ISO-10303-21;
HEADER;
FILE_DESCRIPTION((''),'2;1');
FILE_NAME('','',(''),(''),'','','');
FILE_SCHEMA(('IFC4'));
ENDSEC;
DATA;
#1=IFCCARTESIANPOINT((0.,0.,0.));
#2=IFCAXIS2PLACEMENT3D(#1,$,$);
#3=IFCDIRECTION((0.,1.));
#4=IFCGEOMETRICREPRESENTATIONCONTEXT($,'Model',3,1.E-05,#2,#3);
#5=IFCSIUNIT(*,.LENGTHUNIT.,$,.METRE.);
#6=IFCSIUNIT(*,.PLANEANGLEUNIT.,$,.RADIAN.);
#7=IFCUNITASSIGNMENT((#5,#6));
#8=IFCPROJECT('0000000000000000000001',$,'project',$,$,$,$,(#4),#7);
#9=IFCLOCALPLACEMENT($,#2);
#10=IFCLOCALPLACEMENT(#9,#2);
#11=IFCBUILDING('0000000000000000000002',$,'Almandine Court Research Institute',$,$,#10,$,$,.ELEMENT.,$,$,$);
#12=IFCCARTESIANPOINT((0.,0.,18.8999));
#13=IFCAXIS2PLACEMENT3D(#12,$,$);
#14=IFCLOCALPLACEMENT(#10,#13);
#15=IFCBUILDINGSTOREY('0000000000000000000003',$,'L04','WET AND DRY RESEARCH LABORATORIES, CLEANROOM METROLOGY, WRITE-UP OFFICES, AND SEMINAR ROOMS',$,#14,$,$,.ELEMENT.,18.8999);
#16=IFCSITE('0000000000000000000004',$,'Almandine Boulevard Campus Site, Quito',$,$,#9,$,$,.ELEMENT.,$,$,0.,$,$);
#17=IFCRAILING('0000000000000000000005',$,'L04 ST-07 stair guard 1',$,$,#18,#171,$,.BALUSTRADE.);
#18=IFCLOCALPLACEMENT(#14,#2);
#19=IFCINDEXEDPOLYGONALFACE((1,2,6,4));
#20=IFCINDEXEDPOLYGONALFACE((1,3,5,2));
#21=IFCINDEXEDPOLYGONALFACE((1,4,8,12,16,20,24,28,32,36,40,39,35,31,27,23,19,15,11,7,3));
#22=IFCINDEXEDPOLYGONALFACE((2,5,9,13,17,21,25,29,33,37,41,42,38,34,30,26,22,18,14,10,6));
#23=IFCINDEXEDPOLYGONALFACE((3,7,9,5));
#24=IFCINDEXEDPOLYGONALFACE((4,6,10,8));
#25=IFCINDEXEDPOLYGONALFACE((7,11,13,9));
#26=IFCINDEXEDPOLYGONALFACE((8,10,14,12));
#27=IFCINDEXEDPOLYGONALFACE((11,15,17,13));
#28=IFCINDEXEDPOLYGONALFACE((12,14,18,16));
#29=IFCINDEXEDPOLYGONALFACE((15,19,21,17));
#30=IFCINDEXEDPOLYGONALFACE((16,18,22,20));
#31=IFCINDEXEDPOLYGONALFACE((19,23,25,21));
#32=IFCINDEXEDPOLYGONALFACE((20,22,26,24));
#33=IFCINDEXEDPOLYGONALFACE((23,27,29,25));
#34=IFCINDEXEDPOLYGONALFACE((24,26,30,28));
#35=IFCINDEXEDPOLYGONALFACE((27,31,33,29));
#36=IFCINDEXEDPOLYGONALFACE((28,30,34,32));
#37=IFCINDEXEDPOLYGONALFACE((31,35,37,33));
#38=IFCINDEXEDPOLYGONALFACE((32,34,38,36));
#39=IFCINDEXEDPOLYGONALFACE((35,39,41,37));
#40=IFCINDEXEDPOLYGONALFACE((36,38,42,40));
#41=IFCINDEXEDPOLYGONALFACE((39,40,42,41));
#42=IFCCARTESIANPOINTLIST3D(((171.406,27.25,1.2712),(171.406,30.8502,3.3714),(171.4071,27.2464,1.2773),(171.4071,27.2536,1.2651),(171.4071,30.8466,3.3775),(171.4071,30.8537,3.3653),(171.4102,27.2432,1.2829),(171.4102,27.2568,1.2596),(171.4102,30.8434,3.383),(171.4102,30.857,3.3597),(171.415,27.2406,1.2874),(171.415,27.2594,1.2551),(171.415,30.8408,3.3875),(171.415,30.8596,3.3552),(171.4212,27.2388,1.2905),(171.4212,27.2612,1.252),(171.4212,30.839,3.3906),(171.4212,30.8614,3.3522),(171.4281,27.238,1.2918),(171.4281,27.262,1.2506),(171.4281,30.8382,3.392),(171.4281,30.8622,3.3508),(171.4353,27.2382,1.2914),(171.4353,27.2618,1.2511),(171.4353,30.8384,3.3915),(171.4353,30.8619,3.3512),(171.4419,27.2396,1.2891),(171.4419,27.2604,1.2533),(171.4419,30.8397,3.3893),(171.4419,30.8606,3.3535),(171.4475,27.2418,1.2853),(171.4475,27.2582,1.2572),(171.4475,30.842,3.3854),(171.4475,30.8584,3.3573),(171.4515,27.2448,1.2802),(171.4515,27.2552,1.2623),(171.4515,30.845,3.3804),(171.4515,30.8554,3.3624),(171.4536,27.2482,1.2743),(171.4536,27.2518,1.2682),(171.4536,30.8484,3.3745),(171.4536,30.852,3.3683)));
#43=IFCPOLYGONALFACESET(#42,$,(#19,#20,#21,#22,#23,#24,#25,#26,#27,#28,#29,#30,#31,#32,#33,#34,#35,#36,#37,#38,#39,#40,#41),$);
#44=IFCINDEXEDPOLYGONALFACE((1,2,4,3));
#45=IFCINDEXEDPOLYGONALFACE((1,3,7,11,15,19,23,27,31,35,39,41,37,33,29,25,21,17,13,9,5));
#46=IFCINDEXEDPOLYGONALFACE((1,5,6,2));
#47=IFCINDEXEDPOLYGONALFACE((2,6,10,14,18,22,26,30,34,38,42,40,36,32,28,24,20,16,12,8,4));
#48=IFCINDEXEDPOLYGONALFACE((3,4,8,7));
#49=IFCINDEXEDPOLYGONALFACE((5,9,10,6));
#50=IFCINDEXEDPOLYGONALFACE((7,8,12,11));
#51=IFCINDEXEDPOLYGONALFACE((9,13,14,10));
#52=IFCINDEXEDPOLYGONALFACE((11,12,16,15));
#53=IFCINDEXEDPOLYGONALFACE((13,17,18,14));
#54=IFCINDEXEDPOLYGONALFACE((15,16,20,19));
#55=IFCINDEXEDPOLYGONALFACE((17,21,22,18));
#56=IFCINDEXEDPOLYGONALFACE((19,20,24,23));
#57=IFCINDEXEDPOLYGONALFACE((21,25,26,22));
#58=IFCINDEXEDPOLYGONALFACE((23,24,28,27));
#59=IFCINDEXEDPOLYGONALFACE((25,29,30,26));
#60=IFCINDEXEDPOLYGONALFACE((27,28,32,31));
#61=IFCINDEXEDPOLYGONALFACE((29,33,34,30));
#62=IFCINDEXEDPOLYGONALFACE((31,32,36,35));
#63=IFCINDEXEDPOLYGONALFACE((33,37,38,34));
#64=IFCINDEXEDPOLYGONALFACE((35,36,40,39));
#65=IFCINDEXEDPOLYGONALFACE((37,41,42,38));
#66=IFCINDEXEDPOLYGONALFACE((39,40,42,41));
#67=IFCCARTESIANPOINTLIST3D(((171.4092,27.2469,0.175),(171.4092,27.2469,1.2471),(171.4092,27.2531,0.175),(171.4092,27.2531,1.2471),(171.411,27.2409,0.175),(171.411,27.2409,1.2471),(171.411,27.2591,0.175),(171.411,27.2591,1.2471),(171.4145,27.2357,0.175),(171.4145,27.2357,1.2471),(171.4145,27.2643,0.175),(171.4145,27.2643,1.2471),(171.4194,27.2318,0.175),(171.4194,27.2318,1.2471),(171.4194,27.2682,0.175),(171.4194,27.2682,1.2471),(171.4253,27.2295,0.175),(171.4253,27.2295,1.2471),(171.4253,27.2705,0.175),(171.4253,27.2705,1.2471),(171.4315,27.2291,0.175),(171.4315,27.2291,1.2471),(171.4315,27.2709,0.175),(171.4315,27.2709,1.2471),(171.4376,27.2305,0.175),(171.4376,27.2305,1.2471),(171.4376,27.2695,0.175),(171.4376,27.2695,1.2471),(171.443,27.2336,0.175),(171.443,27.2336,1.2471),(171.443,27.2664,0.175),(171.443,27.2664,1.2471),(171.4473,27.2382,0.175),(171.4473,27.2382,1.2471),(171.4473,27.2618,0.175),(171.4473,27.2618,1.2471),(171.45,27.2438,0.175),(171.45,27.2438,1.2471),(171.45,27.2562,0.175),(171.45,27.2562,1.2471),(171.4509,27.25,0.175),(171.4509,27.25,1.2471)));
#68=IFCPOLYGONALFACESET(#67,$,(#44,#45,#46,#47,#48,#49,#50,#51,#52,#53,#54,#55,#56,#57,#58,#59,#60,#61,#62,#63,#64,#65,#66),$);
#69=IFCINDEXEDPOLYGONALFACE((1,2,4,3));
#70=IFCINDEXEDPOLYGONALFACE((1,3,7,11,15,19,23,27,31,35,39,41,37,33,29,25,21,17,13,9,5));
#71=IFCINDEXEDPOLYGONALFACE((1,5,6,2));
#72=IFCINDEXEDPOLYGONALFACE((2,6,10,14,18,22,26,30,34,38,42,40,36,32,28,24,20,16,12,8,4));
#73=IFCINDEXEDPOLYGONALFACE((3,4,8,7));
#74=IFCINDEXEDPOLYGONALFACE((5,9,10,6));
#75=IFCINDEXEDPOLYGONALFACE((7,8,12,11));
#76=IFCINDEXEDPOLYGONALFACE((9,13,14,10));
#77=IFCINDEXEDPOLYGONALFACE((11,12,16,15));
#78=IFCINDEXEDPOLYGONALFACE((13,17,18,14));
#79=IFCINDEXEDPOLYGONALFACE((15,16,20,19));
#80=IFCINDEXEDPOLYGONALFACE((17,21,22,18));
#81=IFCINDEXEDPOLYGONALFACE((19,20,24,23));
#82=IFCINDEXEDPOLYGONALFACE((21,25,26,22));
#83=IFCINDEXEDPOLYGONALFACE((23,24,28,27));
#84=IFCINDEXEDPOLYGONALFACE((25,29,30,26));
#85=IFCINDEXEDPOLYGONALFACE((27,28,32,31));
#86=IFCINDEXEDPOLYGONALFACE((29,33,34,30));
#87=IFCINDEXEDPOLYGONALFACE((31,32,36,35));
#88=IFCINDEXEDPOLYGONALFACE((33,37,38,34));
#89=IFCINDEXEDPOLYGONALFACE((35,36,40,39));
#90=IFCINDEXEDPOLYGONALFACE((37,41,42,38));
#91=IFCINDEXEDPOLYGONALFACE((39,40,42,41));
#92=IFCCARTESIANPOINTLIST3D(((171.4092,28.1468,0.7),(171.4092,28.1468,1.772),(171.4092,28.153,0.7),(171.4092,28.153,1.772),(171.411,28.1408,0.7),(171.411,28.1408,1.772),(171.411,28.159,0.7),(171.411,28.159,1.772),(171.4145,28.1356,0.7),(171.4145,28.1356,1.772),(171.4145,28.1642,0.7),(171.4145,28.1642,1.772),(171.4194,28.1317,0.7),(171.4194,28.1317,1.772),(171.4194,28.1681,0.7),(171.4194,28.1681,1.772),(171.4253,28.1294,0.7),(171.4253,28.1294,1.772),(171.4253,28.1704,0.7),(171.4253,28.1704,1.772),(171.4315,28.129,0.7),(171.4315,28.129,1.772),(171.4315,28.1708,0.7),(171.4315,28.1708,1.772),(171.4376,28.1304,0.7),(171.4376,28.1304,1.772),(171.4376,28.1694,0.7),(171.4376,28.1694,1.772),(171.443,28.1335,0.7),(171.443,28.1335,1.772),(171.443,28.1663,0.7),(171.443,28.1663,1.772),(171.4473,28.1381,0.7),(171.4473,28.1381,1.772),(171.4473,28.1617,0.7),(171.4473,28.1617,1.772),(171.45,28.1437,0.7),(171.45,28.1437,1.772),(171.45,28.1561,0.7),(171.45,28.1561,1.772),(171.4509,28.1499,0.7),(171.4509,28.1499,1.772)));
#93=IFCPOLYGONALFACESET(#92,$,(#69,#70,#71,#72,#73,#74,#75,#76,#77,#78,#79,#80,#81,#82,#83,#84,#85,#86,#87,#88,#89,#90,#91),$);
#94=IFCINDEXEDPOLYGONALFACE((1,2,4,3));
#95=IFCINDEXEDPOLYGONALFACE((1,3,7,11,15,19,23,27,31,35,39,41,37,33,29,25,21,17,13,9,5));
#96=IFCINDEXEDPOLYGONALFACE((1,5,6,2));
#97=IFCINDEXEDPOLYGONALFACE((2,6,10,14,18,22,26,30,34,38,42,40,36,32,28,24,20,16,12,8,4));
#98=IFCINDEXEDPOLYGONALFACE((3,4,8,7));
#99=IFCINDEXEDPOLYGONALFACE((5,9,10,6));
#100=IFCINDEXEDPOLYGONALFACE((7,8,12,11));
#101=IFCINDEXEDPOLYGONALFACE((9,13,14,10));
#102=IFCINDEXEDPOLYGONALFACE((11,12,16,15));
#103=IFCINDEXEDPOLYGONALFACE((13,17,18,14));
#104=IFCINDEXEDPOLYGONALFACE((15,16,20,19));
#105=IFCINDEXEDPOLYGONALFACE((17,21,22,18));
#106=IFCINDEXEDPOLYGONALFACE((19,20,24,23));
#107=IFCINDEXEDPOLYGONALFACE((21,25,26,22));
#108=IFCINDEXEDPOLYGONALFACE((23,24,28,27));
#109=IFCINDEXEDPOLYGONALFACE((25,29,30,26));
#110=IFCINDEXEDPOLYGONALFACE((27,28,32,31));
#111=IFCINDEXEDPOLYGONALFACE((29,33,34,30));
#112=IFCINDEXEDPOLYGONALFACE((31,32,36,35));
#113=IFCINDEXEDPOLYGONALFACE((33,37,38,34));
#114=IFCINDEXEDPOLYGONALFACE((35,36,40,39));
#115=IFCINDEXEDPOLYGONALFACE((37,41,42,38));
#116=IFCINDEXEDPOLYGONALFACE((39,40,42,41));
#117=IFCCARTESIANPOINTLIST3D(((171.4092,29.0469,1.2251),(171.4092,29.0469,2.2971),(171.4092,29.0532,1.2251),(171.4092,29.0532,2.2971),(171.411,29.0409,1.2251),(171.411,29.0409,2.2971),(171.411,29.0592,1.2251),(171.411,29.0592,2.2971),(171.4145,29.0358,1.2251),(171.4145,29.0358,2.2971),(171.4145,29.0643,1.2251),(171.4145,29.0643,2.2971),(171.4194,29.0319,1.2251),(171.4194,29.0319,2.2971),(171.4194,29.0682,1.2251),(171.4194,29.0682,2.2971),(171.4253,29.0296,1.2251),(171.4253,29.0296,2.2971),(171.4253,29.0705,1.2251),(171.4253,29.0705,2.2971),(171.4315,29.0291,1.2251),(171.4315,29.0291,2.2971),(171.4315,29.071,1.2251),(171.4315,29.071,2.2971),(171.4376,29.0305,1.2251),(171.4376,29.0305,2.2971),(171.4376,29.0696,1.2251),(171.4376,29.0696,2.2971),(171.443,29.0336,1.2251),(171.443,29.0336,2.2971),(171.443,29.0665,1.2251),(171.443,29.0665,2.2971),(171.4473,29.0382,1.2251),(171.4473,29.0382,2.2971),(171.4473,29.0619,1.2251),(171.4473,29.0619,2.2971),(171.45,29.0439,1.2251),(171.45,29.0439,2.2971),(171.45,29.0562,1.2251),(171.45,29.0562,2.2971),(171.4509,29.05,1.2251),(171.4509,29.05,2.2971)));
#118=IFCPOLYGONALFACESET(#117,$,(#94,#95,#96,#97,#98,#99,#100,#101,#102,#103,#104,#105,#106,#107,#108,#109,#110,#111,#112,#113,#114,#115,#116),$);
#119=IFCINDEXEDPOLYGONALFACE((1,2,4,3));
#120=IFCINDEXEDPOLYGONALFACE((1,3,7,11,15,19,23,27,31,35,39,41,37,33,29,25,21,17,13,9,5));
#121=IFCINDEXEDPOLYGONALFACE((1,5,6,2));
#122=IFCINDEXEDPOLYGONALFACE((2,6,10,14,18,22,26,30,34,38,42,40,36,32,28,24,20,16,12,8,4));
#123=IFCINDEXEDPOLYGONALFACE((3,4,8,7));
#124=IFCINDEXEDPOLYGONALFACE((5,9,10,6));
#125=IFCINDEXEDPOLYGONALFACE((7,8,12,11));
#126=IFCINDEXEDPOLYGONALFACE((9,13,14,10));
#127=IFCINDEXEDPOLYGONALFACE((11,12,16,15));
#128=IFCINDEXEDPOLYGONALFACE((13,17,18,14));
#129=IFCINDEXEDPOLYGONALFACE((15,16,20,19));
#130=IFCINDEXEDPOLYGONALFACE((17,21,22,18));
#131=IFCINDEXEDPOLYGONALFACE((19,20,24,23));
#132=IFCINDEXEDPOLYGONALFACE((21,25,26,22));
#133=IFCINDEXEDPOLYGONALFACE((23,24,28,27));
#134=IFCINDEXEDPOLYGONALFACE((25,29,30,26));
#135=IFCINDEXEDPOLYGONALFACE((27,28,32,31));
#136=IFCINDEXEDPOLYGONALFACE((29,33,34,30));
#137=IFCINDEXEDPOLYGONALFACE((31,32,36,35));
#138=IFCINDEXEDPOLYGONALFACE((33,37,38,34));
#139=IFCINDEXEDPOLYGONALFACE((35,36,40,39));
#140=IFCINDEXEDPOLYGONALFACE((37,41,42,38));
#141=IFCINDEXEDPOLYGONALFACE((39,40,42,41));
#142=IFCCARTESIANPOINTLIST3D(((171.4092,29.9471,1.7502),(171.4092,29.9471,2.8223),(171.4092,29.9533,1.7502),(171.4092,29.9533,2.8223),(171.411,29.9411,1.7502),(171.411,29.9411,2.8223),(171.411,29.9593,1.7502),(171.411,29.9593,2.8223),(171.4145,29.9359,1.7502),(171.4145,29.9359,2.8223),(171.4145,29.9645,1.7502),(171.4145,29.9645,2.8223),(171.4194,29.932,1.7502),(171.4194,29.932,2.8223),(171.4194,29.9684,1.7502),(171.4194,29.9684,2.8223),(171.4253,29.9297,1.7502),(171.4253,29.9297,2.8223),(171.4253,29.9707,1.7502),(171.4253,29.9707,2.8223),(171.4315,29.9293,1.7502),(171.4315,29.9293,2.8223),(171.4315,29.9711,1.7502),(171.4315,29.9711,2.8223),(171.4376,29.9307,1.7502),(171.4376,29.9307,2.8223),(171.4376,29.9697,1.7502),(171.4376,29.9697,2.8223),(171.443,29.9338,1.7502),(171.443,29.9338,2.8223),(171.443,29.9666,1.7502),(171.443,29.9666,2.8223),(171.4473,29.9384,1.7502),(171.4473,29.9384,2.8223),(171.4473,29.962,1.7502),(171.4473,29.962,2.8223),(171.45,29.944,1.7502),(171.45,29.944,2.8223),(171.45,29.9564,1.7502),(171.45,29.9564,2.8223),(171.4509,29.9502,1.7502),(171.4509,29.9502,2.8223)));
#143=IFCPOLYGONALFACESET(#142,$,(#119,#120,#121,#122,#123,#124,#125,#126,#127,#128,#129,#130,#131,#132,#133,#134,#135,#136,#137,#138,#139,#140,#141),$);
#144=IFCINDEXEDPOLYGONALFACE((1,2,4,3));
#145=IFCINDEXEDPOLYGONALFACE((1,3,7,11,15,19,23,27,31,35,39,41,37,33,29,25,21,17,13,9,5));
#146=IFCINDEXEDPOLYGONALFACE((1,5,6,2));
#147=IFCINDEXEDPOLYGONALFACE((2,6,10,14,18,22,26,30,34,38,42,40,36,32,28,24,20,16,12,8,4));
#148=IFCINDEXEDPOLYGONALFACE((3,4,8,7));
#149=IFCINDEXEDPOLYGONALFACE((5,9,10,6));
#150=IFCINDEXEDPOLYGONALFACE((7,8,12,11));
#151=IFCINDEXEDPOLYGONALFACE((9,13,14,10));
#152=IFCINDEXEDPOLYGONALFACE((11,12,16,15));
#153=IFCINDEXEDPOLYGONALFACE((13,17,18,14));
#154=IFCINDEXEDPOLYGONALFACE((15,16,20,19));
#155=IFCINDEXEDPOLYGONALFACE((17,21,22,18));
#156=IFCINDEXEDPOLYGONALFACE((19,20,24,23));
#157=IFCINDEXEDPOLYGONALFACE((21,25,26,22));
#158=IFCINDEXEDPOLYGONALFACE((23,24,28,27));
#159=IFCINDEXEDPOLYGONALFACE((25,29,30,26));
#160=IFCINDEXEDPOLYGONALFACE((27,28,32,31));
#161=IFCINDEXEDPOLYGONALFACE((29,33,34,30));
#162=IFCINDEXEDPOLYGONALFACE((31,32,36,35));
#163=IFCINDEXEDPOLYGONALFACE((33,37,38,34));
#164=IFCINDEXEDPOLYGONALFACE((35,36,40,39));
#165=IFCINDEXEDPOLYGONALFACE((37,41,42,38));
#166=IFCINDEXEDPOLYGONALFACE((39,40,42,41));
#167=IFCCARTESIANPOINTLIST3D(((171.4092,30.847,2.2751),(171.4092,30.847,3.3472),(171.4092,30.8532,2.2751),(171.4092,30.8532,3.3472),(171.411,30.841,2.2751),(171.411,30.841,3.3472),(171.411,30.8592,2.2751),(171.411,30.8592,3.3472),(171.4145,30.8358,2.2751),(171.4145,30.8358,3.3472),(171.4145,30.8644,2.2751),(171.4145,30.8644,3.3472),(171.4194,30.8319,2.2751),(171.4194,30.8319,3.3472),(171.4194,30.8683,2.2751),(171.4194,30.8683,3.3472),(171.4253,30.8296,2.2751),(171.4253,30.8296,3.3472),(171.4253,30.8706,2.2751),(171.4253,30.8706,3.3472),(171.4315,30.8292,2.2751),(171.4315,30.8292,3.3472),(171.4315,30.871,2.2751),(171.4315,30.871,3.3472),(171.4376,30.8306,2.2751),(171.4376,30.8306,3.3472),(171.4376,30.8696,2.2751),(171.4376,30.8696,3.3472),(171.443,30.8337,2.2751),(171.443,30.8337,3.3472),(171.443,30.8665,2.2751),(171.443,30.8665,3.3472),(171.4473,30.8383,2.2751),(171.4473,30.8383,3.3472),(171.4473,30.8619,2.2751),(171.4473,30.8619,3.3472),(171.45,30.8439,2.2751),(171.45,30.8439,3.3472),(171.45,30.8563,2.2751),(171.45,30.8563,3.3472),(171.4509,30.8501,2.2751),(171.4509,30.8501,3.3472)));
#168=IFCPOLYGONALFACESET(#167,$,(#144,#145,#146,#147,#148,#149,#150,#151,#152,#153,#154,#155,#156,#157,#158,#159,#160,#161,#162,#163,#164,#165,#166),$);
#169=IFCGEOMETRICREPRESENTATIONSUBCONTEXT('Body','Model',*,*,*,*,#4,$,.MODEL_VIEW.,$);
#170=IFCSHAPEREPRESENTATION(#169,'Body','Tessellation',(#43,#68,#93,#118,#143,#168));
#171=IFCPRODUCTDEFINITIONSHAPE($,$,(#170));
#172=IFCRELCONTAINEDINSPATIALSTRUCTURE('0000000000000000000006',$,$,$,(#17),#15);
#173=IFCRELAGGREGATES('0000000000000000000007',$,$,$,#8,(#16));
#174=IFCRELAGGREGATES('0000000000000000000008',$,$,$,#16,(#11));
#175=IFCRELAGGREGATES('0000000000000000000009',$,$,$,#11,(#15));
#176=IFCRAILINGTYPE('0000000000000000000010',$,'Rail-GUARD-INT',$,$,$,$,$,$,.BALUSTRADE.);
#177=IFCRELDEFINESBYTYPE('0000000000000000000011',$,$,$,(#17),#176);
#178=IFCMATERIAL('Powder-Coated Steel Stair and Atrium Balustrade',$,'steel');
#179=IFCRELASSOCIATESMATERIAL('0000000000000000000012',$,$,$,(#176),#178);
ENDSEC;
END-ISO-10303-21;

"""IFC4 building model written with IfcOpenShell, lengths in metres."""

from ifc_helpers import new_model, si_unit, direction, frame, origin, origin_2d, place, context, subcontext, project, spatial, circle, extrude, material, type_object, element, save


model = new_model("IFC4")

# Units and contexts
model_context = context("Model", 3, precision=1e-05, world=origin(), true_north=direction((0.0, 1.0)))
body_context = subcontext(model_context, "Body", "Model", "MODEL_VIEW")
ifc_project = project(units=[si_unit("LENGTHUNIT", "METRE"), si_unit("PLANEANGLEUNIT", "RADIAN")], contexts=[model_context])

# Site, building, storey
site_placement = place(None, origin())
site = spatial("IfcSite", under=ifc_project, at=site_placement, Name="Almandine Boulevard Campus Site, Quito", CompositionType="ELEMENT", RefElevation=0.0)
building_placement = place(site_placement, origin())
building = spatial("IfcBuilding", under=site, at=building_placement, Name="Almandine Court Research Institute", CompositionType="ELEMENT")
storey_placement = place(building_placement, frame((0.0, 0.0, 18.8999)))
storey = spatial("IfcBuildingStorey", under=building, at=storey_placement, Name="L04", Description="WET AND DRY RESEARCH LABORATORIES, CLEANROOM METROLOGY, WRITE-UP OFFICES, AND SEMINAR ROOMS", CompositionType="ELEMENT", Elevation=18.8999)

# Railing
ifc_material_1 = material(Name="Powder-Coated Steel Stair and Atrium Balustrade", Category="steel")
railing_type_1 = type_object("IfcRailingType", Name="Rail-GUARD-INT", PredefinedType="BALUSTRADE", material=ifc_material_1)
railing_1_placement = place(storey_placement, frame((171.4299, 27.25, 0.175)))
element("IfcRailing", 1, at=railing_1_placement, inside=storey, type_object=railing_type_1, Name="L04 ST-07 stair guard 1", PredefinedType="BALUSTRADE", context=body_context, shape_type="SweptSolid", body=[
    extrude(circle(Radius=0.0239, at=origin_2d()), frame((0.0, 0.0, 1.0962), z_axis=(0.0, 0.863775, 0.503878), x_axis=(-1.0, 0.0, 0.0)), (0.0, 0.0, 1.0), 4.168),
    extrude(circle(Radius=0.021, at=origin_2d()), origin(), (0.0, 0.0, 1.0), 1.072),
    extrude(circle(Radius=0.021, at=origin_2d()), frame((0.0, 0.8999, 0.5249)), (0.0, 0.0, 1.0), 1.072),
    extrude(circle(Radius=0.021, at=origin_2d()), frame((0.0, 1.8, 1.05)), (0.0, 0.0, 1.0), 1.072),
    extrude(circle(Radius=0.021, at=origin_2d()), frame((0.0, 2.7002, 1.5752)), (0.0, 0.0, 1.0), 1.072),
    extrude(circle(Radius=0.021, at=origin_2d()), frame((0.0, 3.6001, 2.1001)), (0.0, 0.0, 1.0), 1.072),
])

save(model, "model.ifc")
